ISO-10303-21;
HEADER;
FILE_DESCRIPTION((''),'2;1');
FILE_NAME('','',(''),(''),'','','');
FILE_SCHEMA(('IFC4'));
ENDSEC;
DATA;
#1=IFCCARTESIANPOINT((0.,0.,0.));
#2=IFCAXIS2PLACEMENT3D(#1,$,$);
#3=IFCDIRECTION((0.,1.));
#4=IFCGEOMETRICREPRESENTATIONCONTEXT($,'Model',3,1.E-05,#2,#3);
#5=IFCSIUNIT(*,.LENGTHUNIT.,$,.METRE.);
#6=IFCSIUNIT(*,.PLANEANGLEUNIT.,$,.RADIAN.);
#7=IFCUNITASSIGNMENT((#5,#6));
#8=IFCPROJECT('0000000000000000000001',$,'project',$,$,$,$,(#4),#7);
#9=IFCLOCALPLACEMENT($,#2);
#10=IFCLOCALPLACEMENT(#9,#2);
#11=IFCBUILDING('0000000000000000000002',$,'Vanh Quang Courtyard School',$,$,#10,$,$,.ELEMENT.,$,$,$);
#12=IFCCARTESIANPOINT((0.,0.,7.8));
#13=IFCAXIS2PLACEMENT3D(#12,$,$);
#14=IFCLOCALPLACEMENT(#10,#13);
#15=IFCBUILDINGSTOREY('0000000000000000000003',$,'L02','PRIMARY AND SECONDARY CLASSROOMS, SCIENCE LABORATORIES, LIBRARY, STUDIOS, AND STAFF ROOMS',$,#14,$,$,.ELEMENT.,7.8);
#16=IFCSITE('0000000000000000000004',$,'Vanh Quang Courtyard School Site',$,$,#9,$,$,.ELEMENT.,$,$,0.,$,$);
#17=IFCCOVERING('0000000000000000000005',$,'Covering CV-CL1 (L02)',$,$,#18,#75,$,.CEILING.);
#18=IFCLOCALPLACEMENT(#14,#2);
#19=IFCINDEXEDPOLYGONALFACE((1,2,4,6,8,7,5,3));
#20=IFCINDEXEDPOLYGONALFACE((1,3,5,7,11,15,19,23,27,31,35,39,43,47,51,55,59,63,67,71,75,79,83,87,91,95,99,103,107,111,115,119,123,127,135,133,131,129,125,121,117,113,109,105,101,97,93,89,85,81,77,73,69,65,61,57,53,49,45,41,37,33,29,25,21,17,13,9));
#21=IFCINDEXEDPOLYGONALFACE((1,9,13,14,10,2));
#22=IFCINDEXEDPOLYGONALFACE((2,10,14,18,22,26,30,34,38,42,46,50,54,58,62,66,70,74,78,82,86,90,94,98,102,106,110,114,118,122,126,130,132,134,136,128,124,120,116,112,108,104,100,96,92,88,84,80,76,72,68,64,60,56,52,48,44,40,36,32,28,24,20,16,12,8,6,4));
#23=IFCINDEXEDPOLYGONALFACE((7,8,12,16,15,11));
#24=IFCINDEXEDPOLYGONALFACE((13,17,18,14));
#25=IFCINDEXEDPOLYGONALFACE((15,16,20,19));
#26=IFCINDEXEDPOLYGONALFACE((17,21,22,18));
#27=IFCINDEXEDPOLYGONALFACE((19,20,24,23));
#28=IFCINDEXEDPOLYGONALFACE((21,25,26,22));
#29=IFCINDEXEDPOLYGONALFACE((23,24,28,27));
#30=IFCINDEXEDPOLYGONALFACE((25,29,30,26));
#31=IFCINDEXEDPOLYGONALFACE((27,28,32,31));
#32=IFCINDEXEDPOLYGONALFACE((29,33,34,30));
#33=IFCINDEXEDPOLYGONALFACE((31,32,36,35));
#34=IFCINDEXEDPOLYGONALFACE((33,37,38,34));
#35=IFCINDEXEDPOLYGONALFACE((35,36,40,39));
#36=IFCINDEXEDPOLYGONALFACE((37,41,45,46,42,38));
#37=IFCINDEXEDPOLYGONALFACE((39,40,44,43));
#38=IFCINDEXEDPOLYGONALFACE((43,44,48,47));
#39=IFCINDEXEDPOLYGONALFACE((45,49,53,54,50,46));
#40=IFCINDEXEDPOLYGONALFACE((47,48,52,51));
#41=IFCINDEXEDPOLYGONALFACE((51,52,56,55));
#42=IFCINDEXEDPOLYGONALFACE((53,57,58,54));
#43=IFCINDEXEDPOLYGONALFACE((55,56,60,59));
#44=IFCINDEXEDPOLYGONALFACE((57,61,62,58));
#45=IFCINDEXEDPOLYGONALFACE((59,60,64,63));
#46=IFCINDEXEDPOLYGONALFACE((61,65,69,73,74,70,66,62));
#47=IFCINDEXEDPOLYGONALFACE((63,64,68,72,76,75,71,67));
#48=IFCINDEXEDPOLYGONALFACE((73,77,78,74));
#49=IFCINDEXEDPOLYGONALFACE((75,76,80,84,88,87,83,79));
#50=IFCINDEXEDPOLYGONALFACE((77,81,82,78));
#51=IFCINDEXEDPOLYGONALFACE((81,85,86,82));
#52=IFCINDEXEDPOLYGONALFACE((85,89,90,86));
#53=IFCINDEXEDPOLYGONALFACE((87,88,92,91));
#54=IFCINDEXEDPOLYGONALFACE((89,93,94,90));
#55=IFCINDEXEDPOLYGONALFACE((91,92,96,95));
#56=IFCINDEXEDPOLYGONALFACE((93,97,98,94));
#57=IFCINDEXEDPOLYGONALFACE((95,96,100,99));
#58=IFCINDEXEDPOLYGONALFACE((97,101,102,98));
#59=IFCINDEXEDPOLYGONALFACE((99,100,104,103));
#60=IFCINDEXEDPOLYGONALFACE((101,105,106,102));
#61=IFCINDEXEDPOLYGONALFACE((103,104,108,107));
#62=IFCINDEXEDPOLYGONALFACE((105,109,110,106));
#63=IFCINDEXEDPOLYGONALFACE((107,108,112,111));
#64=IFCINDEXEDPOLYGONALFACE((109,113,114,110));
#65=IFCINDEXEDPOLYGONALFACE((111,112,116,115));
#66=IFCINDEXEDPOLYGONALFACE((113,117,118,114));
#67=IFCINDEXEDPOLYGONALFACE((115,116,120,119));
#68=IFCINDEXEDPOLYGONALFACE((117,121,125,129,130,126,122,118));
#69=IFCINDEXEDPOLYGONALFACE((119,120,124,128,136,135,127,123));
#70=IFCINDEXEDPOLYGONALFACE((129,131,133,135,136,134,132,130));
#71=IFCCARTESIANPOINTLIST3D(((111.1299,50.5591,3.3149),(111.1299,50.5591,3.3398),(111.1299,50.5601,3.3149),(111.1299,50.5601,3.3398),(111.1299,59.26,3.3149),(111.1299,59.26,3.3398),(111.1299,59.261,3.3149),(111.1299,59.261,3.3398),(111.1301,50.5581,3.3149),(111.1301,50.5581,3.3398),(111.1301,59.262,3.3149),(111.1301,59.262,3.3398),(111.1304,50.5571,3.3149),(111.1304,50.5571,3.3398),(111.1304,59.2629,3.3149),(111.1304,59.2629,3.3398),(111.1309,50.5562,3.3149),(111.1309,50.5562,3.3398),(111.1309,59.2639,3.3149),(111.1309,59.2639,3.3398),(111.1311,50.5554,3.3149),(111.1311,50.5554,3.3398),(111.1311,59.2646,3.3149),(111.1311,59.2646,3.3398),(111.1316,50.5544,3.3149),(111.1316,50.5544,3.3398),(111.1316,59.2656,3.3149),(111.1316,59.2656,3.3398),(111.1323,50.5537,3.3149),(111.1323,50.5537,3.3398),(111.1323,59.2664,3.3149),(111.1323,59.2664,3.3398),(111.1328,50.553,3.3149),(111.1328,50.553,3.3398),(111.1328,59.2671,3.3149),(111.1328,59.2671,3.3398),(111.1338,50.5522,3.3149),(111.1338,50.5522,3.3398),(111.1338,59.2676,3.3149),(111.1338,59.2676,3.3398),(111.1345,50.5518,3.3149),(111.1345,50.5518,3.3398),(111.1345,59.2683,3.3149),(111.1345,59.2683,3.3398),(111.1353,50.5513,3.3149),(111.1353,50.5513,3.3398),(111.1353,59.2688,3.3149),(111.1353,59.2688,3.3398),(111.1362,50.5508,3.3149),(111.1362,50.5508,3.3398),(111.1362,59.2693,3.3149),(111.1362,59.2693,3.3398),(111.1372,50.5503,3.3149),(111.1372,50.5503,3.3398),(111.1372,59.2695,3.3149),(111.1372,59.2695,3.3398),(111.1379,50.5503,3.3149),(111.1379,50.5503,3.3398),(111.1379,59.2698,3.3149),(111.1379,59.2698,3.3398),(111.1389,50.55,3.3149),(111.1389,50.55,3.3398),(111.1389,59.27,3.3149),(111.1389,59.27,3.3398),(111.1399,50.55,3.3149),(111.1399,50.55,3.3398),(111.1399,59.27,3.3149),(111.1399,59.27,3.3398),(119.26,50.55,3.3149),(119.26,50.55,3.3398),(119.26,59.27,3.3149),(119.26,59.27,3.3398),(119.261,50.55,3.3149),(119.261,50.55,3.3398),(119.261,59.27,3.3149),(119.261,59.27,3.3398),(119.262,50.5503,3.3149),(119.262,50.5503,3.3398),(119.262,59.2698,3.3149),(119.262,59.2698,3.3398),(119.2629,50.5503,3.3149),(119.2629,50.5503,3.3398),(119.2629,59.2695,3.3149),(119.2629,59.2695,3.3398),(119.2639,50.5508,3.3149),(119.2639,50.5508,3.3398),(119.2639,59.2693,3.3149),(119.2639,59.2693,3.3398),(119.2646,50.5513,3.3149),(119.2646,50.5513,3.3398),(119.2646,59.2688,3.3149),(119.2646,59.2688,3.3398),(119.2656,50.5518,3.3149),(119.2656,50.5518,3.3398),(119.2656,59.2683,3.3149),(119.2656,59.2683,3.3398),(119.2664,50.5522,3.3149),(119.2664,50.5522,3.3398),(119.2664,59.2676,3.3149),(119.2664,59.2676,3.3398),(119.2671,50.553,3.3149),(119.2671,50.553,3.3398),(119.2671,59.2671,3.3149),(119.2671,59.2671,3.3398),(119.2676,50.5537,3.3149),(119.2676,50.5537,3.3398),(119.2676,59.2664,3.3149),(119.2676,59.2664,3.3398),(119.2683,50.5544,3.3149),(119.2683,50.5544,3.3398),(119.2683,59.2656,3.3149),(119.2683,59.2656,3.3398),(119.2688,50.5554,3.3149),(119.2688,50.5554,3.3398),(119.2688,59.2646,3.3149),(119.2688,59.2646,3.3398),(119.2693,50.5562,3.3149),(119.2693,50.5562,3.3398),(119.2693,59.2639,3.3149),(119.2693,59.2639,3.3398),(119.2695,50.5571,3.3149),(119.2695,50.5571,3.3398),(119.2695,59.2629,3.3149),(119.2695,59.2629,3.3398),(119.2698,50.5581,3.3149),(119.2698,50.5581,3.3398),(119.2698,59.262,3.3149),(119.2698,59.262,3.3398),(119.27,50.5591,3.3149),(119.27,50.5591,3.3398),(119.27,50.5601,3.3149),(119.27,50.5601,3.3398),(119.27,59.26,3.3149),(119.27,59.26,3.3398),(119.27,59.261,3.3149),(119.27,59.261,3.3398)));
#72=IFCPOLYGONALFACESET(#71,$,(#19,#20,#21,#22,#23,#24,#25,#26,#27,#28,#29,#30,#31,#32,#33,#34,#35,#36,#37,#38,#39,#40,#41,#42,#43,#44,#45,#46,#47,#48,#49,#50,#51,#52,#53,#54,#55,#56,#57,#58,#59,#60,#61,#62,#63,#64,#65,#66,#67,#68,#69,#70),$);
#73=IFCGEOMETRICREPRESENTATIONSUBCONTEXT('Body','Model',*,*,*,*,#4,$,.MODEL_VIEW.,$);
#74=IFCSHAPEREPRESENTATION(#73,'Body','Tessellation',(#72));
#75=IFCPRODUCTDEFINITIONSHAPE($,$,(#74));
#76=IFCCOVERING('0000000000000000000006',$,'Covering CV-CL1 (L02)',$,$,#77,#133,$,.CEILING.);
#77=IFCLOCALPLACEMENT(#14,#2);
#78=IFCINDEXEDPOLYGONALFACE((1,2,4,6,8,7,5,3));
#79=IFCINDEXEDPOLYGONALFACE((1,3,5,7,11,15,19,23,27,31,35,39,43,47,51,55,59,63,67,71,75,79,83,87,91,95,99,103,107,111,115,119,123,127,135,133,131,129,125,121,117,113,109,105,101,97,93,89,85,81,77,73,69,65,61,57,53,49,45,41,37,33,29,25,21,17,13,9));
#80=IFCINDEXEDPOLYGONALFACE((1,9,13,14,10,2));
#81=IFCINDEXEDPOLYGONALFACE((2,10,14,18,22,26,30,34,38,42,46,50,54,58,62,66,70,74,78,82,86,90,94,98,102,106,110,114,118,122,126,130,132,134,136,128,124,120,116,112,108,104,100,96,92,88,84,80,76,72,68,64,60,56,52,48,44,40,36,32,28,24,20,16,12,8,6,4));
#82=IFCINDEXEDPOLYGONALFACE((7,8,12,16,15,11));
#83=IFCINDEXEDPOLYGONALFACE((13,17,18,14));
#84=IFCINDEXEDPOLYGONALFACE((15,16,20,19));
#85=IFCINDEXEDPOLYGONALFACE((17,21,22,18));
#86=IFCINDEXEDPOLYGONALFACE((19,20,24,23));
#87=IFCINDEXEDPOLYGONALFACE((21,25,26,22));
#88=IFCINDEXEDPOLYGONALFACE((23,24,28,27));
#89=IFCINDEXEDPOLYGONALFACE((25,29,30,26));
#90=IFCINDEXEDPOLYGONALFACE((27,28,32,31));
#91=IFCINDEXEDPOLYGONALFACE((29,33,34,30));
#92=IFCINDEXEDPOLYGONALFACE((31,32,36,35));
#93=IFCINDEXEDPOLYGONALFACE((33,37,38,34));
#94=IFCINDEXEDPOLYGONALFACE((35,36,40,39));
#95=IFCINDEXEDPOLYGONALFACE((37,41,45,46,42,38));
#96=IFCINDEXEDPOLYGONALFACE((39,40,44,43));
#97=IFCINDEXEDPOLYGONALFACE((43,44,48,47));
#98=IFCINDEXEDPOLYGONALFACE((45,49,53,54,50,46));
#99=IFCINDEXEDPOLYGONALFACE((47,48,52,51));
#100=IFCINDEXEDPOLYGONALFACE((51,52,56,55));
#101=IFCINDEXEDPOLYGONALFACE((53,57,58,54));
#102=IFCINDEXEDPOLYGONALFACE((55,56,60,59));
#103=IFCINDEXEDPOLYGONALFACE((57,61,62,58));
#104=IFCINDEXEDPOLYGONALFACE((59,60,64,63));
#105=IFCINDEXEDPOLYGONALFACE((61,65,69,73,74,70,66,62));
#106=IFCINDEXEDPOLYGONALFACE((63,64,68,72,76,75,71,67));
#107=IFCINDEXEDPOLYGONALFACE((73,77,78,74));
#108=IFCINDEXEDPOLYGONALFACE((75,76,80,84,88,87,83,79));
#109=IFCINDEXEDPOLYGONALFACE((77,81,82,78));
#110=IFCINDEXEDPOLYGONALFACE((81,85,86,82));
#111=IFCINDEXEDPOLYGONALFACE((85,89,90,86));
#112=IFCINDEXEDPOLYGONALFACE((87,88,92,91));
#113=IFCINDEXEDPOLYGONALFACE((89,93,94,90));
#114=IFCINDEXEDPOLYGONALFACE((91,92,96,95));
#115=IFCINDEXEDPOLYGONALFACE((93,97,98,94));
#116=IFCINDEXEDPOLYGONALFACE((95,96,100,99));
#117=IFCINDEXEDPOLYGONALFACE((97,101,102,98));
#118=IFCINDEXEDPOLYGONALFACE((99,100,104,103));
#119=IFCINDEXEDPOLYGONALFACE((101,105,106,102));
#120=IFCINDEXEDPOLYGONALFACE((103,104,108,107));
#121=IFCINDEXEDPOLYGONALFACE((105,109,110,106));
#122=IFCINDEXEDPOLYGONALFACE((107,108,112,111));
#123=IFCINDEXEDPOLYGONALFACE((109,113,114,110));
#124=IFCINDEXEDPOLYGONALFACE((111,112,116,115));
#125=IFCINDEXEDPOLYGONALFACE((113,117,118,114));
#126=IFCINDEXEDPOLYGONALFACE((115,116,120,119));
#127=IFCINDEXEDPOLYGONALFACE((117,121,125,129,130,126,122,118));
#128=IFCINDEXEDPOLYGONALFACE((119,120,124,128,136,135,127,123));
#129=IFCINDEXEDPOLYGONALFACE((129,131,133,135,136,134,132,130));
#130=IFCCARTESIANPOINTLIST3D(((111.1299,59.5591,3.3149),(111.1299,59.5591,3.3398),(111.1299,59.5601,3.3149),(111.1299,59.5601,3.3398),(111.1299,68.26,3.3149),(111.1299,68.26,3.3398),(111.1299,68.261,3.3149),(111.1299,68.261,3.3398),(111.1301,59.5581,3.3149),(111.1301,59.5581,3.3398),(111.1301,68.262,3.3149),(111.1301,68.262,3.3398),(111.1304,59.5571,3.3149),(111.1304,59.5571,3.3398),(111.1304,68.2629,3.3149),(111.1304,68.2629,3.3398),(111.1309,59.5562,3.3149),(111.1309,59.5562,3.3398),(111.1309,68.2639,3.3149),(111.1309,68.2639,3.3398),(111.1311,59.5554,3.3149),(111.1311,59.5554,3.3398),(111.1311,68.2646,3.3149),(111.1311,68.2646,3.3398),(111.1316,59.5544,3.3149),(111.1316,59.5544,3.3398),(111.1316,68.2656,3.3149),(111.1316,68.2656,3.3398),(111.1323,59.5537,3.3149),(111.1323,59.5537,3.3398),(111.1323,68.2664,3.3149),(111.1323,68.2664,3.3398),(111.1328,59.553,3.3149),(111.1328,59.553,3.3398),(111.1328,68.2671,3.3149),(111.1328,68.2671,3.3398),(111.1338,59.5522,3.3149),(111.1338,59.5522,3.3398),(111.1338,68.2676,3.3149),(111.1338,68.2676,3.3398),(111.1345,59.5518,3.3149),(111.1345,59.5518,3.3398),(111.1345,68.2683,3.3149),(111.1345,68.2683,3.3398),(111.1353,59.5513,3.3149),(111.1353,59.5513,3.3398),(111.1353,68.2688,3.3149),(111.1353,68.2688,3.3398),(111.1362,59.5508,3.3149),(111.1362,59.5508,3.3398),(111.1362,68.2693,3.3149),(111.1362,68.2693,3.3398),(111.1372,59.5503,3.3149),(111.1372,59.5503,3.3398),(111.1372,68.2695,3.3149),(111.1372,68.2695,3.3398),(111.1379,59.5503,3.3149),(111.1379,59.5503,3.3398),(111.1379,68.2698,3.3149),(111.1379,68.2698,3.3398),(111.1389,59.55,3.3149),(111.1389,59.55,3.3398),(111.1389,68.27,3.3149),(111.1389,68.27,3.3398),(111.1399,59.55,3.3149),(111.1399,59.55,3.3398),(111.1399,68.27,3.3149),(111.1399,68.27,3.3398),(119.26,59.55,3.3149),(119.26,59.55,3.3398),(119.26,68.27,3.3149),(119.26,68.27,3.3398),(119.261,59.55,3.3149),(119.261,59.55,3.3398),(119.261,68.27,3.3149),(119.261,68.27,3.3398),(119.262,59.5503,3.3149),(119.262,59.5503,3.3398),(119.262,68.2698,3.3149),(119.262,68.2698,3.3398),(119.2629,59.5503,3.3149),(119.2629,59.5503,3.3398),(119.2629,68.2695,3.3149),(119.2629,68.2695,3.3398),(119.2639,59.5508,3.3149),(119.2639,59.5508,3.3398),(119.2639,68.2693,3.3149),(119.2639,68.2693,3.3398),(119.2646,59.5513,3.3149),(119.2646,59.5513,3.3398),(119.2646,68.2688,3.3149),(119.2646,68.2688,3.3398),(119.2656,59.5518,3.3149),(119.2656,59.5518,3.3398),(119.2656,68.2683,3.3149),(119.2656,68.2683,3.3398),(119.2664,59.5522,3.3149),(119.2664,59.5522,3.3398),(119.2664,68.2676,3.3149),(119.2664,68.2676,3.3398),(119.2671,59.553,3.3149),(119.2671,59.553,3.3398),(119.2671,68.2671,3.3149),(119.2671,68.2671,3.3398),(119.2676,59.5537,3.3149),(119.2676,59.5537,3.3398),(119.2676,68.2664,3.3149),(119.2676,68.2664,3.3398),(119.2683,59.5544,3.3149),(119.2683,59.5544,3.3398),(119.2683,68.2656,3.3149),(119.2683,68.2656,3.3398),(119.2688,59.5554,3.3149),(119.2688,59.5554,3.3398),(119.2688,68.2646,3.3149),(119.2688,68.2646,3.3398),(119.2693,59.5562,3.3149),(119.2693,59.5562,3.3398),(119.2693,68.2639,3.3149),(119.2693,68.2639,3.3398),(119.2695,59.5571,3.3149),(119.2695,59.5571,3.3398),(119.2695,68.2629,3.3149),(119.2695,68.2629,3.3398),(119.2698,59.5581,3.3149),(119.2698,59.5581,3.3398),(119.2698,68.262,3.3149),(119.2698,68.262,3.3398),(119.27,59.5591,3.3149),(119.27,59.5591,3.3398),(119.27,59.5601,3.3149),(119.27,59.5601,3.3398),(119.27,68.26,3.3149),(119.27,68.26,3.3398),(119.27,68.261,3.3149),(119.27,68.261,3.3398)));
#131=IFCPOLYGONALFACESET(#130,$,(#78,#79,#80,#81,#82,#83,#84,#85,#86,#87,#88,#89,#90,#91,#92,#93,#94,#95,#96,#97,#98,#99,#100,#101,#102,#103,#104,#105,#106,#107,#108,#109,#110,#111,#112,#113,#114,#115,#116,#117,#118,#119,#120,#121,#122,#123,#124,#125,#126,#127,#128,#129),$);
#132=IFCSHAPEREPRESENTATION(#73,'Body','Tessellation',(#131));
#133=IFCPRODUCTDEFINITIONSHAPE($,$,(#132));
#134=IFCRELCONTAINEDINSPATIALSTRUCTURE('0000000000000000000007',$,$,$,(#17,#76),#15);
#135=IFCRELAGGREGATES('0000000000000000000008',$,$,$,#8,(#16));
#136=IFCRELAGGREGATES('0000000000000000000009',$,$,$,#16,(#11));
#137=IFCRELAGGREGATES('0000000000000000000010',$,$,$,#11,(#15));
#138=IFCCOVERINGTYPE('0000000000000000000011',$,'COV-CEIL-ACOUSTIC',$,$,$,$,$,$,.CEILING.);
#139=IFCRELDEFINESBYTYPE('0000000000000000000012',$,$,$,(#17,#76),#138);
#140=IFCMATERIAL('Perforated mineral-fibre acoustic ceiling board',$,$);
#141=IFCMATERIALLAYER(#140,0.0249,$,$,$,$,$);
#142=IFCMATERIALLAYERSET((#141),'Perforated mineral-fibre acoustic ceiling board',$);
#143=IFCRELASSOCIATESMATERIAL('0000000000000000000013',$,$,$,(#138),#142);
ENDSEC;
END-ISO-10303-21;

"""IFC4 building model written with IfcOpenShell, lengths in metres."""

from ifc_helpers import new_model, si_unit, direction, frame, origin, place, context, subcontext, project, spatial, polyline, outline, extrude, material, layer, layer_set, type_object, element, save


model = new_model("IFC4")

# Units and contexts
model_context = context("Model", 3, precision=1e-05, world=origin(), true_north=direction((0.0, 1.0)))
body_context = subcontext(model_context, "Body", "Model", "MODEL_VIEW")
ifc_project = project(units=[si_unit("LENGTHUNIT", "METRE"), si_unit("PLANEANGLEUNIT", "RADIAN")], contexts=[model_context])

# Site, building, storey
site_placement = place(None, origin())
site = spatial("IfcSite", under=ifc_project, at=site_placement, Name="Vanh Quang Courtyard School Site", CompositionType="ELEMENT", RefElevation=0.0)
building_placement = place(site_placement, origin())
building = spatial("IfcBuilding", under=site, at=building_placement, Name="Vanh Quang Courtyard School", CompositionType="ELEMENT")
storey_placement = place(building_placement, frame((0.0, 0.0, 7.8)))
storey = spatial("IfcBuildingStorey", under=building, at=storey_placement, Name="L02", Description="PRIMARY AND SECONDARY CLASSROOMS, SCIENCE LABORATORIES, LIBRARY, STUDIOS, AND STAFF ROOMS", CompositionType="ELEMENT", Elevation=7.8)

# Coverings
ifc_material_1 = material(Name="Perforated mineral-fibre acoustic ceiling board")
ifc_layer_1 = layer(ifc_material_1, 0.0249)
ifc_layer_set_1 = layer_set([ifc_layer_1], Name="Perforated mineral-fibre acoustic ceiling board")
covering_type_1 = type_object("IfcCoveringType", Name="COV-CEIL-ACOUSTIC", PredefinedType="CEILING", material=ifc_layer_set_1)
covering_1_placement = place(storey_placement, frame((0.0, 0.0, 3.3149)))
element("IfcCovering", 1, at=covering_1_placement, inside=storey, type_object=covering_type_1, Name="Covering CV-CL1 (L02)", PredefinedType="CEILING", context=body_context, shape_type="SweptSolid", body=[
    extrude(outline(polyline([(111.1399, 50.55), (111.1389, 50.55), (111.1379, 50.5503), (111.1372, 50.5503), (111.1362, 50.5508), (111.1353, 50.5513), (111.1345, 50.5518), (111.1338, 50.5522), (111.1328, 50.553), (111.1323, 50.5537), (111.1316, 50.5544), (111.1311, 50.5554), (111.1309, 50.5562), (111.1304, 50.5571), (111.1301, 50.5581), (111.1299, 50.5591), (111.1299, 50.5601), (111.1299, 59.26), (111.1299, 59.261), (111.1301, 59.262), (111.1304, 59.2629), (111.1309, 59.2639), (111.1311, 59.2646), (111.1316, 59.2656), (111.1323, 59.2664), (111.1328, 59.2671), (111.1338, 59.2676), (111.1345, 59.2683), (111.1353, 59.2688), (111.1362, 59.2693), (111.1372, 59.2695), (111.1379, 59.2698), (111.1389, 59.27), (111.1399, 59.27), (119.26, 59.27), (119.261, 59.27), (119.262, 59.2698), (119.2629, 59.2695), (119.2639, 59.2693), (119.2646, 59.2688), (119.2656, 59.2683), (119.2664, 59.2676), (119.2671, 59.2671), (119.2676, 59.2664), (119.2683, 59.2656), (119.2688, 59.2646), (119.2693, 59.2639), (119.2695, 59.2629), (119.2698, 59.262), (119.27, 59.261), (119.27, 59.26), (119.27, 50.5601), (119.27, 50.5591), (119.2698, 50.5581), (119.2695, 50.5571), (119.2693, 50.5562), (119.2688, 50.5554), (119.2683, 50.5544), (119.2676, 50.5537), (119.2671, 50.553), (119.2664, 50.5522), (119.2656, 50.5518), (119.2646, 50.5513), (119.2639, 50.5508), (119.2629, 50.5503), (119.262, 50.5503), (119.261, 50.55), (119.26, 50.55), (111.1399, 50.55)])), origin(), (0.0, 0.0, 1.0), 0.0249),
])
covering_2_placement = place(storey_placement, frame((0.0, 0.0, 3.3149)))
element("IfcCovering", 2, at=covering_2_placement, inside=storey, type_object=covering_type_1, Name="Covering CV-CL1 (L02)", PredefinedType="CEILING", context=body_context, shape_type="SweptSolid", body=[
    extrude(outline(polyline([(111.1399, 59.55), (111.1389, 59.55), (111.1379, 59.5503), (111.1372, 59.5503), (111.1362, 59.5508), (111.1353, 59.5513), (111.1345, 59.5518), (111.1338, 59.5522), (111.1328, 59.553), (111.1323, 59.5537), (111.1316, 59.5544), (111.1311, 59.5554), (111.1309, 59.5562), (111.1304, 59.5571), (111.1301, 59.5581), (111.1299, 59.5591), (111.1299, 59.5601), (111.1299, 68.26), (111.1299, 68.261), (111.1301, 68.262), (111.1304, 68.2629), (111.1309, 68.2639), (111.1311, 68.2646), (111.1316, 68.2656), (111.1323, 68.2664), (111.1328, 68.2671), (111.1338, 68.2676), (111.1345, 68.2683), (111.1353, 68.2688), (111.1362, 68.2693), (111.1372, 68.2695), (111.1379, 68.2698), (111.1389, 68.27), (111.1399, 68.27), (119.26, 68.27), (119.261, 68.27), (119.262, 68.2698), (119.2629, 68.2695), (119.2639, 68.2693), (119.2646, 68.2688), (119.2656, 68.2683), (119.2664, 68.2676), (119.2671, 68.2671), (119.2676, 68.2664), (119.2683, 68.2656), (119.2688, 68.2646), (119.2693, 68.2639), (119.2695, 68.2629), (119.2698, 68.262), (119.27, 68.261), (119.27, 68.26), (119.27, 59.5601), (119.27, 59.5591), (119.2698, 59.5581), (119.2695, 59.5571), (119.2693, 59.5562), (119.2688, 59.5554), (119.2683, 59.5544), (119.2676, 59.5537), (119.2671, 59.553), (119.2664, 59.5522), (119.2656, 59.5518), (119.2646, 59.5513), (119.2639, 59.5508), (119.2629, 59.5503), (119.262, 59.5503), (119.261, 59.55), (119.26, 59.55), (111.1399, 59.55)])), origin(), (0.0, 0.0, 1.0), 0.0249),
])

save(model, "model.ifc")
